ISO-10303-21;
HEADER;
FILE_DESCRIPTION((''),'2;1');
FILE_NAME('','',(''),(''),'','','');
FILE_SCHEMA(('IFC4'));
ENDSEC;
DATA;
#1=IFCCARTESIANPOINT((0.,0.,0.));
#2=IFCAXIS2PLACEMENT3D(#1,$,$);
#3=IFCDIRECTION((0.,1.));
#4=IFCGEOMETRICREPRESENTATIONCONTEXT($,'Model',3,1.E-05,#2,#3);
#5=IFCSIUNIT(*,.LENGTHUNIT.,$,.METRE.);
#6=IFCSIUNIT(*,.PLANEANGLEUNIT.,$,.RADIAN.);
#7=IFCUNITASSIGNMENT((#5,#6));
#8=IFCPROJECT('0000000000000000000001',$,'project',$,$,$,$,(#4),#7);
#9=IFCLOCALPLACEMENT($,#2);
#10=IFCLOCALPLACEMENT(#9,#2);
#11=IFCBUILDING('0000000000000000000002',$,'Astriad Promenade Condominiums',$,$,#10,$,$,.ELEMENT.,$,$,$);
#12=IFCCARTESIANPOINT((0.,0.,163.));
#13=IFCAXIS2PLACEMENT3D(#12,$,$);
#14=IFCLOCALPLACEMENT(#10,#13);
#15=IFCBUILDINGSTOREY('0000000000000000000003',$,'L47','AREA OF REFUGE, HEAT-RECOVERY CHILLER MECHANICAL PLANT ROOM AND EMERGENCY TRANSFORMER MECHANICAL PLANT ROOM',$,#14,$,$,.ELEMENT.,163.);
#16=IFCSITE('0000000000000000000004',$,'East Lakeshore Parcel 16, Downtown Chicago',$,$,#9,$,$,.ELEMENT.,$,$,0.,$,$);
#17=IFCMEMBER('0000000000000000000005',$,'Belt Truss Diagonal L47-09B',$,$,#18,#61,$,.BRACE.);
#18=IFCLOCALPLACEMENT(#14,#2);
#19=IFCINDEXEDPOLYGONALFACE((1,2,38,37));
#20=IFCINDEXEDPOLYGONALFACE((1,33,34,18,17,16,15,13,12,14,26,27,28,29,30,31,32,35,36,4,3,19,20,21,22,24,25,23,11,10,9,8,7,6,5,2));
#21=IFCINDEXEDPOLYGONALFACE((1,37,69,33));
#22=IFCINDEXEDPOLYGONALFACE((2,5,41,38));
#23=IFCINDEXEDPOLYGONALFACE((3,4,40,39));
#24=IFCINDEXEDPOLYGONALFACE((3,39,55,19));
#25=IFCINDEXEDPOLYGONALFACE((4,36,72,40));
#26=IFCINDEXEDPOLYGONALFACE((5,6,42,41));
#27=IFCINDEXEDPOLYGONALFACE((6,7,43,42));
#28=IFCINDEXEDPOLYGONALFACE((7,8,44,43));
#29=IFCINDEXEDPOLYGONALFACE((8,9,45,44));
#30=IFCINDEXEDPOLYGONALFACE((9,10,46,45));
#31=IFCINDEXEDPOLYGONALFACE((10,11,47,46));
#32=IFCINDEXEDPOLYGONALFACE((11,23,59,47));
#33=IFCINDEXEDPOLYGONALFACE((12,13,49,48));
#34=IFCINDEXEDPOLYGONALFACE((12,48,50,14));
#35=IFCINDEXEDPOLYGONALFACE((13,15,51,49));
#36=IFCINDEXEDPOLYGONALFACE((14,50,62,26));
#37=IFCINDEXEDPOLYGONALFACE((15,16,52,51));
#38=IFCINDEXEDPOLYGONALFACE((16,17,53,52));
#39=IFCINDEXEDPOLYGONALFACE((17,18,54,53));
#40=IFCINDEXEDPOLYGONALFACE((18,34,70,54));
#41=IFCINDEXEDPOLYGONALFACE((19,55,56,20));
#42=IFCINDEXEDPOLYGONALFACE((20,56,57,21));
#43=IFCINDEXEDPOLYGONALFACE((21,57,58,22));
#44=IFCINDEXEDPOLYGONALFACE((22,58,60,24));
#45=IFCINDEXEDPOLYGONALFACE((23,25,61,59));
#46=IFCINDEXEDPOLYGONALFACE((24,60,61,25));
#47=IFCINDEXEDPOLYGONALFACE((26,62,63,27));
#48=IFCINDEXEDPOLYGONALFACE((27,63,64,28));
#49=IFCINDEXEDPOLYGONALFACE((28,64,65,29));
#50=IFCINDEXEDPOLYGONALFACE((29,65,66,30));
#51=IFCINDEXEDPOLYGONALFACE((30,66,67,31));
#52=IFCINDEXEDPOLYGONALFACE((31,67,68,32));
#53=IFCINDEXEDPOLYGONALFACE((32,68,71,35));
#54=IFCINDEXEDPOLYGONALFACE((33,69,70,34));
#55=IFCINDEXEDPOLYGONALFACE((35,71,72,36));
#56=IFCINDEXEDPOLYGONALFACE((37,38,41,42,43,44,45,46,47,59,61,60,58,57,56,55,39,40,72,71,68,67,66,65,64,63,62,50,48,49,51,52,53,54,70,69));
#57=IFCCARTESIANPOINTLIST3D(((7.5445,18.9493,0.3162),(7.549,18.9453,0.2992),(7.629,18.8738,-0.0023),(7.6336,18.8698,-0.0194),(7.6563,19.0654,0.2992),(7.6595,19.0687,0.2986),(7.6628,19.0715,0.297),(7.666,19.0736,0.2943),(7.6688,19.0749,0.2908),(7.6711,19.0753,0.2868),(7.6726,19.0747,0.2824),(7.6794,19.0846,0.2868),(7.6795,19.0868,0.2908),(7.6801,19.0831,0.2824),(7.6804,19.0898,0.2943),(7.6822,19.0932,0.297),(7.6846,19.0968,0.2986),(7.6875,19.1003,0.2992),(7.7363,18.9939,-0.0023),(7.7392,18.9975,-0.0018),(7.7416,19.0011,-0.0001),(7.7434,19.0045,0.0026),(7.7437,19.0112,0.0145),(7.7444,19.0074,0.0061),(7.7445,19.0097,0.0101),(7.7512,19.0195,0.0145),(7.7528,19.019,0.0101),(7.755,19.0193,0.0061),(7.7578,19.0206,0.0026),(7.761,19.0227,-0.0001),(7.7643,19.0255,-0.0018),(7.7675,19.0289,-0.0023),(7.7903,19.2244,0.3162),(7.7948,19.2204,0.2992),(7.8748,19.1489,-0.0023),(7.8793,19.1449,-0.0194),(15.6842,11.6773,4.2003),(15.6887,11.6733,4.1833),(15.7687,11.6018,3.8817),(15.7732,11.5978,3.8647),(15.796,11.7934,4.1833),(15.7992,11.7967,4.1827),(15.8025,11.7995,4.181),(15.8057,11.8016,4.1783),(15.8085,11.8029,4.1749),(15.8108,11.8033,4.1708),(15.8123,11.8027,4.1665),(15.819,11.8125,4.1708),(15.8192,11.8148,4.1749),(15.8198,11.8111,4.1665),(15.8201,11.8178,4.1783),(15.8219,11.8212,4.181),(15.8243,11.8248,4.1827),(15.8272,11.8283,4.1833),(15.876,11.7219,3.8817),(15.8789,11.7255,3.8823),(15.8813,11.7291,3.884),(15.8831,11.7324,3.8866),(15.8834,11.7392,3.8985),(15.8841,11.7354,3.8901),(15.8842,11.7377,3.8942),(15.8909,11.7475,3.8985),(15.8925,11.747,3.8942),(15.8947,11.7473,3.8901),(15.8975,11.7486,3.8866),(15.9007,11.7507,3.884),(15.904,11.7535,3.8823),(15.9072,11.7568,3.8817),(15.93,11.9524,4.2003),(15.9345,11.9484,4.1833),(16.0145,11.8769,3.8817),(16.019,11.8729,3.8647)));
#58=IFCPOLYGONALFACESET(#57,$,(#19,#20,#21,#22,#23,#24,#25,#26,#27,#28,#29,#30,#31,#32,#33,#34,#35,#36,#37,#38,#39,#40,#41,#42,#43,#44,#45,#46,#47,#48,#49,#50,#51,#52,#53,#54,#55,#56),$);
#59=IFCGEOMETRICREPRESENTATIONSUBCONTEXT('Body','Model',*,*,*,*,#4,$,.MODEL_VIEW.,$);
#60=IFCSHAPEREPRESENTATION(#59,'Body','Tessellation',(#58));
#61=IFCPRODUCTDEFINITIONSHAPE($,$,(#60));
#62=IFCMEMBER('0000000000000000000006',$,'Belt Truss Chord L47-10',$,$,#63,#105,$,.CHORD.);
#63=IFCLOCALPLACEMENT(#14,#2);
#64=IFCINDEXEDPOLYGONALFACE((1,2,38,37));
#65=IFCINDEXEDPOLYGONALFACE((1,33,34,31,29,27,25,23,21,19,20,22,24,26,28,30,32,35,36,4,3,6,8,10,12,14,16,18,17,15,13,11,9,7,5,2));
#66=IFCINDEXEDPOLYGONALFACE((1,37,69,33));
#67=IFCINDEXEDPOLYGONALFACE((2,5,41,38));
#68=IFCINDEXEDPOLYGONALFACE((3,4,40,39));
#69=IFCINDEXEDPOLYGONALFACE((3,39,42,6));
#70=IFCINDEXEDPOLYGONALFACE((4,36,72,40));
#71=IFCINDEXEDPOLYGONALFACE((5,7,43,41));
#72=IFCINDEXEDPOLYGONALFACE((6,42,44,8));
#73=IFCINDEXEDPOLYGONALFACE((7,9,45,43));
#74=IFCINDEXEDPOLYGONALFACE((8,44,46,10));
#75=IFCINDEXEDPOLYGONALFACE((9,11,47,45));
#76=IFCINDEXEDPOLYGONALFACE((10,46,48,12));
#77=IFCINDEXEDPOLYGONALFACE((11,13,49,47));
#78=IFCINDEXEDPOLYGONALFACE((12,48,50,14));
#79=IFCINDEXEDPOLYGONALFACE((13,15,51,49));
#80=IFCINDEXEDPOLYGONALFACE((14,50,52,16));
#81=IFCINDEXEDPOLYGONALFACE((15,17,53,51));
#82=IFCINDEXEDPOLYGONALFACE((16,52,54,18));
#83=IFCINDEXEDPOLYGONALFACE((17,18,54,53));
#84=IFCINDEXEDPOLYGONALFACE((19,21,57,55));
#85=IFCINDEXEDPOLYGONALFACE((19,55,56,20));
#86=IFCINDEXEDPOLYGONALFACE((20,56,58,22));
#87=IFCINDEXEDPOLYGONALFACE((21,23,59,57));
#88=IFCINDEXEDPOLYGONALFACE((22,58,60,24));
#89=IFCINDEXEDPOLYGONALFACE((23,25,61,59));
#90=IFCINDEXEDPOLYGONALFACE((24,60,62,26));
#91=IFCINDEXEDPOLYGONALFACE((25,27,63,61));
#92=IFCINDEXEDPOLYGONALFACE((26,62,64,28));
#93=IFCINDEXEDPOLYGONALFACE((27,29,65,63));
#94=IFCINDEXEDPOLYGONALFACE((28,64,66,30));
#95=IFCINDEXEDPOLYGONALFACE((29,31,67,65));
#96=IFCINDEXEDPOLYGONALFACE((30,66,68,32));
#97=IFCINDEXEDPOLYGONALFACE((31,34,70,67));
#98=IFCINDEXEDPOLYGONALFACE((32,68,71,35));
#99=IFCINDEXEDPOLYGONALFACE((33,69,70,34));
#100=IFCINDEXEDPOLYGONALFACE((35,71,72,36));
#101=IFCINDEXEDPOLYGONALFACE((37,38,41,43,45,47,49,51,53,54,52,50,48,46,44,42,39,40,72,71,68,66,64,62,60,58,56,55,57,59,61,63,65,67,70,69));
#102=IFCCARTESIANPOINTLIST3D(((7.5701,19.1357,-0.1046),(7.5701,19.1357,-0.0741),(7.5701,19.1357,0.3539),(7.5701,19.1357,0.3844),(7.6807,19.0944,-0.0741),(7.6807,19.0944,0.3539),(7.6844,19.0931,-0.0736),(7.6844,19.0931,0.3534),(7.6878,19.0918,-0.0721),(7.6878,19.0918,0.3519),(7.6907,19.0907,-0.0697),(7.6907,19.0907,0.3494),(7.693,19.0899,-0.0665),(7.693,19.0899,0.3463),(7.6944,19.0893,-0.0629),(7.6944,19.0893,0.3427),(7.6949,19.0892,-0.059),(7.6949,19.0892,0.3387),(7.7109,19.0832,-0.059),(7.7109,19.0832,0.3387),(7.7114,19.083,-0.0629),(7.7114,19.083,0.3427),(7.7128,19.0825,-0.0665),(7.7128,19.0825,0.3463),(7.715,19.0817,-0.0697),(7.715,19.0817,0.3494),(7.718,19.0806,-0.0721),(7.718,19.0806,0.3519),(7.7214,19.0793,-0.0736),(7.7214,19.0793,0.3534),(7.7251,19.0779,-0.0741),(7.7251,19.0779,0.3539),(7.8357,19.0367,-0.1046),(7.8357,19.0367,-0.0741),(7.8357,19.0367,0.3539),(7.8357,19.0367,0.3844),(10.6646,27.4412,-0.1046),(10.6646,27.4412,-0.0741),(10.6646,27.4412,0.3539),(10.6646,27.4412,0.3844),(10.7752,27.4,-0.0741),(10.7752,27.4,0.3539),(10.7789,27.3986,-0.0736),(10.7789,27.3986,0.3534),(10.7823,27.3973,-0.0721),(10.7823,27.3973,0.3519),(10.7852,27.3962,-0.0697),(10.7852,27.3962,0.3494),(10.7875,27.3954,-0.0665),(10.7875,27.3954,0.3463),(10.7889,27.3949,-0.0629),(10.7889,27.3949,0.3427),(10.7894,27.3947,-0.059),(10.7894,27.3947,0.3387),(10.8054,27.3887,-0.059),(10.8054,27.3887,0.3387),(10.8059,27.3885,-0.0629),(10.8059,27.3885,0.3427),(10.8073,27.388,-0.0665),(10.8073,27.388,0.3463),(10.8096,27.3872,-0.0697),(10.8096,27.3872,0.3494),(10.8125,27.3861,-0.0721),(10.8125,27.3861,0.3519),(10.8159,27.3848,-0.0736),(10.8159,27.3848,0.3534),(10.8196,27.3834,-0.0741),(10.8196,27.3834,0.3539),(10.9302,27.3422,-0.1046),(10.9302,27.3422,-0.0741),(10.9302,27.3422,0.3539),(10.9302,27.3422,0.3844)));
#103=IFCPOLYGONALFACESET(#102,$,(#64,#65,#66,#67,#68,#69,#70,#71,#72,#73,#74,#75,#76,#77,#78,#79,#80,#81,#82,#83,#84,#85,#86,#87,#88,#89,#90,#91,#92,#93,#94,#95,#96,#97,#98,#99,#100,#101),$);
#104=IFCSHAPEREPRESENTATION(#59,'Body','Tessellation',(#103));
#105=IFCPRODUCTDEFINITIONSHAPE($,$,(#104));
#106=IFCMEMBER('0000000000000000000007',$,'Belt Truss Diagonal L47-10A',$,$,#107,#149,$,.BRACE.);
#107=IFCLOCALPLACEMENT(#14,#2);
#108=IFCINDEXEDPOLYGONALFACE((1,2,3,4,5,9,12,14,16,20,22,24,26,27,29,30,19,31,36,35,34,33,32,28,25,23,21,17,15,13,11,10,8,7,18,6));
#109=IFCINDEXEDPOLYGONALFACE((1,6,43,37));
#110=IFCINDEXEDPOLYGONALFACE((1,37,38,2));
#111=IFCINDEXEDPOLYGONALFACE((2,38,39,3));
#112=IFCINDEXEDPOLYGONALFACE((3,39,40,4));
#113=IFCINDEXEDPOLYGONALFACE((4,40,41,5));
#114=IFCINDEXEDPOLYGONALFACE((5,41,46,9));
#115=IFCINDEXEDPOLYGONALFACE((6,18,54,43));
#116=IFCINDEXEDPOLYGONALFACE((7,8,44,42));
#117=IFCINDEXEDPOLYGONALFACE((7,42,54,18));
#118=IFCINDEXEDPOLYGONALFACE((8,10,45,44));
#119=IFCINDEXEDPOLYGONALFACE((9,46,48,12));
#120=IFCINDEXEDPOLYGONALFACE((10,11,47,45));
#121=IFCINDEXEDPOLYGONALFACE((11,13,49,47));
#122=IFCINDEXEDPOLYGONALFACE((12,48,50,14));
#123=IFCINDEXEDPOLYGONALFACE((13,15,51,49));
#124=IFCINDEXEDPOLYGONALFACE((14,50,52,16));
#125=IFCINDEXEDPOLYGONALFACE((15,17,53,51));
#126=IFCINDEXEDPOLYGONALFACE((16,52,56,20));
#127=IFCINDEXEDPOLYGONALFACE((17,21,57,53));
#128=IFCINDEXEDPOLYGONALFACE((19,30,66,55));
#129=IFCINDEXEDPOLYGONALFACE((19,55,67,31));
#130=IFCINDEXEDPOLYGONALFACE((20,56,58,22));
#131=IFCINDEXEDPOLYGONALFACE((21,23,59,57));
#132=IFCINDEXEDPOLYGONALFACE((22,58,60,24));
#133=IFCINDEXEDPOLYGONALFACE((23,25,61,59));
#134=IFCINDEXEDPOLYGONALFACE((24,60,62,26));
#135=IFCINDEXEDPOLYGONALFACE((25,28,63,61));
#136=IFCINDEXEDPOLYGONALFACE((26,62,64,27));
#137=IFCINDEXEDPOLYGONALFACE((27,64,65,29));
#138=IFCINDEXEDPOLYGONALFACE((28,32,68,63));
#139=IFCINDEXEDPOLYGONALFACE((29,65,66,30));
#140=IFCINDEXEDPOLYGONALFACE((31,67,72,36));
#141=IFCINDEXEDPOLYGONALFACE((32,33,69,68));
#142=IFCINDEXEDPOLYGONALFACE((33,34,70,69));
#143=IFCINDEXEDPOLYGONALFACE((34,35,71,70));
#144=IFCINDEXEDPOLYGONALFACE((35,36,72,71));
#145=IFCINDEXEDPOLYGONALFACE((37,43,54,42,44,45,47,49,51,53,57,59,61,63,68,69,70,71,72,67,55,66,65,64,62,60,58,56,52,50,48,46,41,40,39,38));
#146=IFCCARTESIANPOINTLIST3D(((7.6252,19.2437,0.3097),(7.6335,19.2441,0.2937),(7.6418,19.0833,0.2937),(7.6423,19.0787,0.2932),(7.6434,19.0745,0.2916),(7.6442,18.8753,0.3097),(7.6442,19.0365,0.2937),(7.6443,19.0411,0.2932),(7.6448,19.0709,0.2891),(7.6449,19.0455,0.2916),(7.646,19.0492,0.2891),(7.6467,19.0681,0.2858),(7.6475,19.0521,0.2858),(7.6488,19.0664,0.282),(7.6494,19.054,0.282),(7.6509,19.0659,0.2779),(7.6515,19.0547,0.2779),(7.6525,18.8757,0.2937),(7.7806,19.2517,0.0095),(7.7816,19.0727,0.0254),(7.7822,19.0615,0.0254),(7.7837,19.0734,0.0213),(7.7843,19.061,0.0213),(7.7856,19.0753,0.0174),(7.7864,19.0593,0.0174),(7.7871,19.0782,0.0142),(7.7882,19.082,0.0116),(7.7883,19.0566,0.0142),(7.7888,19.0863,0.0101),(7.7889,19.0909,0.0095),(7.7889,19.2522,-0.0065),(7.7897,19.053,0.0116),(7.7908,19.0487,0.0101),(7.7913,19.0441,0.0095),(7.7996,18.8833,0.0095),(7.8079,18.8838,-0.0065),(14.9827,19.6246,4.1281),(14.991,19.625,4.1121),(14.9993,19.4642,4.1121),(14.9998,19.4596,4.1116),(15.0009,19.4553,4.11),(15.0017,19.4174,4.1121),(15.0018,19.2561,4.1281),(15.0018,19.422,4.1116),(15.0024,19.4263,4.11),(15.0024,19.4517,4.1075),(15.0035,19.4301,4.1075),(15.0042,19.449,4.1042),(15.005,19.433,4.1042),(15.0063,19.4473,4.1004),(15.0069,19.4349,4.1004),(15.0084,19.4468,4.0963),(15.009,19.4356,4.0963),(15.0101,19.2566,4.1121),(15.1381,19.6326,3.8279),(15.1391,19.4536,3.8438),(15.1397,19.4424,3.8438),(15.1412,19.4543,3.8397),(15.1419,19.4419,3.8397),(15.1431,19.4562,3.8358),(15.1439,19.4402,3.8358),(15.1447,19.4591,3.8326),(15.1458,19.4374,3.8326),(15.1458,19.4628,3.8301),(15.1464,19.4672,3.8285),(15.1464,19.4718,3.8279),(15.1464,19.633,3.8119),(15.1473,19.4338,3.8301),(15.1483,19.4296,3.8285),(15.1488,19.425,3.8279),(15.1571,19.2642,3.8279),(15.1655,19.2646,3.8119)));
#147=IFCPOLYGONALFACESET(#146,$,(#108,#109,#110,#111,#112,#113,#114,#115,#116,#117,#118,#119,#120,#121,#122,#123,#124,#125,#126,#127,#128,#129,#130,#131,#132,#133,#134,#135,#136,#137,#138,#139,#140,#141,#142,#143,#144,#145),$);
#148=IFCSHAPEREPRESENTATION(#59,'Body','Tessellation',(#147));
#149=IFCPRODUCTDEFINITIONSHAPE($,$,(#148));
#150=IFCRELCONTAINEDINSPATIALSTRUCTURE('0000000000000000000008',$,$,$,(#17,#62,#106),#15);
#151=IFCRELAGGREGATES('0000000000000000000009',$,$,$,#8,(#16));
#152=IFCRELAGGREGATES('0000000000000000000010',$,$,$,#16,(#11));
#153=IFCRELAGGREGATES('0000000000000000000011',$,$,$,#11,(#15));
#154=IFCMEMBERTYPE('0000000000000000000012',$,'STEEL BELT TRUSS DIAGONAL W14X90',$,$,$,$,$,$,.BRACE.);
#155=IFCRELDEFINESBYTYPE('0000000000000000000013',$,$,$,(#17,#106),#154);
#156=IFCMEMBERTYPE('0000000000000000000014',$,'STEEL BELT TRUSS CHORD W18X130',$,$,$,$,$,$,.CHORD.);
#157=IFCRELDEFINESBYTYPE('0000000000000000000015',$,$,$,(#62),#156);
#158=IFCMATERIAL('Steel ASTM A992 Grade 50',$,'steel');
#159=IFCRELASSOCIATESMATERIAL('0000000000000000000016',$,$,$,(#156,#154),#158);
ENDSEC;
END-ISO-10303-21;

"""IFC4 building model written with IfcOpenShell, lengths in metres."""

from ifc_helpers import new_model, si_unit, direction, frame, origin, origin_2d, place, context, subcontext, project, spatial, i_section, extrude, source, transform, mapped, material, material_profile, profile_set, type_object, element, save


model = new_model("IFC4")

# Units and contexts
model_context = context("Model", 3, precision=1e-05, world=origin(), true_north=direction((0.0, 1.0)))
body_context = subcontext(model_context, "Body", "Model", "MODEL_VIEW")
ifc_project = project(units=[si_unit("LENGTHUNIT", "METRE"), si_unit("PLANEANGLEUNIT", "RADIAN")], contexts=[model_context])

# Site, building, storey
site_placement = place(None, origin())
site = spatial("IfcSite", under=ifc_project, at=site_placement, Name="East Lakeshore Parcel 16, Downtown Chicago", CompositionType="ELEMENT", RefElevation=0.0)
building_placement = place(site_placement, origin())
building = spatial("IfcBuilding", under=site, at=building_placement, Name="Astriad Promenade Condominiums", CompositionType="ELEMENT")
storey_placement = place(building_placement, frame((0.0, 0.0, 163.0)))
storey = spatial("IfcBuildingStorey", under=building, at=storey_placement, Name="L47", Description="AREA OF REFUGE, HEAT-RECOVERY CHILLER MECHANICAL PLANT ROOM AND EMERGENCY TRANSFORMER MECHANICAL PLANT ROOM", CompositionType="ELEMENT", Elevation=163.0)

# Shared definitions
ifc_material_1 = material(Name="Steel ASTM A992 Grade 50", Category="steel")

# Members
ifc_material_profile_1 = material_profile(ifc_material_1, i_section(OverallWidth=0.2834, OverallDepth=0.489, WebThickness=0.0171, FlangeThickness=0.0305, FilletRadius=0.0151, at=origin_2d()), Name="W18X130")
ifc_profile_set_1 = profile_set([ifc_material_profile_1], Name="Steel ASTM A992 Grade 50")
member_type_1 = type_object("IfcMemberType", Name="STEEL BELT TRUSS CHORD W18X130", PredefinedType="CHORD", material=ifc_profile_set_1)
ifc_material_profile_2 = material_profile(ifc_material_1, i_section(OverallWidth=0.3689, OverallDepth=0.3562, WebThickness=0.0112, FlangeThickness=0.0181, FilletRadius=0.0178, at=origin_2d()), Name="W14X90")
ifc_profile_set_2 = profile_set([ifc_material_profile_2], Name="Steel ASTM A992 Grade 50")
member_type_2 = type_object("IfcMemberType", Name="STEEL BELT TRUSS DIAGONAL W14X90", PredefinedType="BRACE", material=ifc_profile_set_2)
shared_shape_1 = source(origin(), body_context, "Body", "SweptSolid", [
    extrude(i_section(OverallWidth=0.3689, OverallDepth=0.3562, WebThickness=0.0112, FlangeThickness=0.0181, FilletRadius=0.0178, at=origin_2d()), origin(), (0.0, 0.0, 1.0), 11.5854),
])
member_1_placement = place(storey_placement, frame((7.7119, 19.0471, 0.1484), z_axis=(0.702579, -0.627685, 0.335253), x_axis=(0.666242, 0.745736, 0.0)))
element("IfcMember", 1, at=member_1_placement, inside=storey, type_object=member_type_2, Name="Belt Truss Diagonal L47-09B", PredefinedType="BRACE", context=body_context, shape_type="MappedRepresentation", body=[
    mapped(shared_shape_1, transform((0.0, 0.0, 0.0), scale=1.0)),
])
shared_shape_2 = source(origin(), body_context, "Body", "SweptSolid", [
    extrude(i_section(OverallWidth=0.2834, OverallDepth=0.489, WebThickness=0.0171, FlangeThickness=0.0305, FilletRadius=0.0151, at=origin_2d()), origin(), (0.0, 0.0, 1.0), 8.8633),
])
member_2_placement = place(storey_placement, frame((7.7029, 19.0862, 0.1399), z_axis=(0.349139, 0.937071, 0.0), x_axis=(-0.937071, 0.349139, 0.0)))
element("IfcMember", 2, at=member_2_placement, inside=storey, type_object=member_type_1, Name="Belt Truss Chord L47-10", PredefinedType="CHORD", context=body_context, shape_type="MappedRepresentation", body=[
    mapped(shared_shape_2, transform((0.0, 0.0, 0.0), scale=1.0)),
])
shared_shape_3 = source(origin(), body_context, "Body", "SweptSolid", [
    extrude(i_section(OverallWidth=0.3689, OverallDepth=0.3562, WebThickness=0.0112, FlangeThickness=0.0181, FilletRadius=0.0178, at=origin_2d()), origin(), (0.0, 0.0, 1.0), 8.2981),
])
member_3_placement = place(storey_placement, frame((7.7166, 19.0637, 0.1516), z_axis=(0.886651, 0.045898, 0.460155), x_axis=(-0.051696, 0.998663, 0.0)))
element("IfcMember", 3, at=member_3_placement, inside=storey, type_object=member_type_2, Name="Belt Truss Diagonal L47-10A", PredefinedType="BRACE", context=body_context, shape_type="MappedRepresentation", body=[
    mapped(shared_shape_3, transform((0.0, 0.0, 0.0), scale=1.0)),
])

save(model, "model.ifc")
